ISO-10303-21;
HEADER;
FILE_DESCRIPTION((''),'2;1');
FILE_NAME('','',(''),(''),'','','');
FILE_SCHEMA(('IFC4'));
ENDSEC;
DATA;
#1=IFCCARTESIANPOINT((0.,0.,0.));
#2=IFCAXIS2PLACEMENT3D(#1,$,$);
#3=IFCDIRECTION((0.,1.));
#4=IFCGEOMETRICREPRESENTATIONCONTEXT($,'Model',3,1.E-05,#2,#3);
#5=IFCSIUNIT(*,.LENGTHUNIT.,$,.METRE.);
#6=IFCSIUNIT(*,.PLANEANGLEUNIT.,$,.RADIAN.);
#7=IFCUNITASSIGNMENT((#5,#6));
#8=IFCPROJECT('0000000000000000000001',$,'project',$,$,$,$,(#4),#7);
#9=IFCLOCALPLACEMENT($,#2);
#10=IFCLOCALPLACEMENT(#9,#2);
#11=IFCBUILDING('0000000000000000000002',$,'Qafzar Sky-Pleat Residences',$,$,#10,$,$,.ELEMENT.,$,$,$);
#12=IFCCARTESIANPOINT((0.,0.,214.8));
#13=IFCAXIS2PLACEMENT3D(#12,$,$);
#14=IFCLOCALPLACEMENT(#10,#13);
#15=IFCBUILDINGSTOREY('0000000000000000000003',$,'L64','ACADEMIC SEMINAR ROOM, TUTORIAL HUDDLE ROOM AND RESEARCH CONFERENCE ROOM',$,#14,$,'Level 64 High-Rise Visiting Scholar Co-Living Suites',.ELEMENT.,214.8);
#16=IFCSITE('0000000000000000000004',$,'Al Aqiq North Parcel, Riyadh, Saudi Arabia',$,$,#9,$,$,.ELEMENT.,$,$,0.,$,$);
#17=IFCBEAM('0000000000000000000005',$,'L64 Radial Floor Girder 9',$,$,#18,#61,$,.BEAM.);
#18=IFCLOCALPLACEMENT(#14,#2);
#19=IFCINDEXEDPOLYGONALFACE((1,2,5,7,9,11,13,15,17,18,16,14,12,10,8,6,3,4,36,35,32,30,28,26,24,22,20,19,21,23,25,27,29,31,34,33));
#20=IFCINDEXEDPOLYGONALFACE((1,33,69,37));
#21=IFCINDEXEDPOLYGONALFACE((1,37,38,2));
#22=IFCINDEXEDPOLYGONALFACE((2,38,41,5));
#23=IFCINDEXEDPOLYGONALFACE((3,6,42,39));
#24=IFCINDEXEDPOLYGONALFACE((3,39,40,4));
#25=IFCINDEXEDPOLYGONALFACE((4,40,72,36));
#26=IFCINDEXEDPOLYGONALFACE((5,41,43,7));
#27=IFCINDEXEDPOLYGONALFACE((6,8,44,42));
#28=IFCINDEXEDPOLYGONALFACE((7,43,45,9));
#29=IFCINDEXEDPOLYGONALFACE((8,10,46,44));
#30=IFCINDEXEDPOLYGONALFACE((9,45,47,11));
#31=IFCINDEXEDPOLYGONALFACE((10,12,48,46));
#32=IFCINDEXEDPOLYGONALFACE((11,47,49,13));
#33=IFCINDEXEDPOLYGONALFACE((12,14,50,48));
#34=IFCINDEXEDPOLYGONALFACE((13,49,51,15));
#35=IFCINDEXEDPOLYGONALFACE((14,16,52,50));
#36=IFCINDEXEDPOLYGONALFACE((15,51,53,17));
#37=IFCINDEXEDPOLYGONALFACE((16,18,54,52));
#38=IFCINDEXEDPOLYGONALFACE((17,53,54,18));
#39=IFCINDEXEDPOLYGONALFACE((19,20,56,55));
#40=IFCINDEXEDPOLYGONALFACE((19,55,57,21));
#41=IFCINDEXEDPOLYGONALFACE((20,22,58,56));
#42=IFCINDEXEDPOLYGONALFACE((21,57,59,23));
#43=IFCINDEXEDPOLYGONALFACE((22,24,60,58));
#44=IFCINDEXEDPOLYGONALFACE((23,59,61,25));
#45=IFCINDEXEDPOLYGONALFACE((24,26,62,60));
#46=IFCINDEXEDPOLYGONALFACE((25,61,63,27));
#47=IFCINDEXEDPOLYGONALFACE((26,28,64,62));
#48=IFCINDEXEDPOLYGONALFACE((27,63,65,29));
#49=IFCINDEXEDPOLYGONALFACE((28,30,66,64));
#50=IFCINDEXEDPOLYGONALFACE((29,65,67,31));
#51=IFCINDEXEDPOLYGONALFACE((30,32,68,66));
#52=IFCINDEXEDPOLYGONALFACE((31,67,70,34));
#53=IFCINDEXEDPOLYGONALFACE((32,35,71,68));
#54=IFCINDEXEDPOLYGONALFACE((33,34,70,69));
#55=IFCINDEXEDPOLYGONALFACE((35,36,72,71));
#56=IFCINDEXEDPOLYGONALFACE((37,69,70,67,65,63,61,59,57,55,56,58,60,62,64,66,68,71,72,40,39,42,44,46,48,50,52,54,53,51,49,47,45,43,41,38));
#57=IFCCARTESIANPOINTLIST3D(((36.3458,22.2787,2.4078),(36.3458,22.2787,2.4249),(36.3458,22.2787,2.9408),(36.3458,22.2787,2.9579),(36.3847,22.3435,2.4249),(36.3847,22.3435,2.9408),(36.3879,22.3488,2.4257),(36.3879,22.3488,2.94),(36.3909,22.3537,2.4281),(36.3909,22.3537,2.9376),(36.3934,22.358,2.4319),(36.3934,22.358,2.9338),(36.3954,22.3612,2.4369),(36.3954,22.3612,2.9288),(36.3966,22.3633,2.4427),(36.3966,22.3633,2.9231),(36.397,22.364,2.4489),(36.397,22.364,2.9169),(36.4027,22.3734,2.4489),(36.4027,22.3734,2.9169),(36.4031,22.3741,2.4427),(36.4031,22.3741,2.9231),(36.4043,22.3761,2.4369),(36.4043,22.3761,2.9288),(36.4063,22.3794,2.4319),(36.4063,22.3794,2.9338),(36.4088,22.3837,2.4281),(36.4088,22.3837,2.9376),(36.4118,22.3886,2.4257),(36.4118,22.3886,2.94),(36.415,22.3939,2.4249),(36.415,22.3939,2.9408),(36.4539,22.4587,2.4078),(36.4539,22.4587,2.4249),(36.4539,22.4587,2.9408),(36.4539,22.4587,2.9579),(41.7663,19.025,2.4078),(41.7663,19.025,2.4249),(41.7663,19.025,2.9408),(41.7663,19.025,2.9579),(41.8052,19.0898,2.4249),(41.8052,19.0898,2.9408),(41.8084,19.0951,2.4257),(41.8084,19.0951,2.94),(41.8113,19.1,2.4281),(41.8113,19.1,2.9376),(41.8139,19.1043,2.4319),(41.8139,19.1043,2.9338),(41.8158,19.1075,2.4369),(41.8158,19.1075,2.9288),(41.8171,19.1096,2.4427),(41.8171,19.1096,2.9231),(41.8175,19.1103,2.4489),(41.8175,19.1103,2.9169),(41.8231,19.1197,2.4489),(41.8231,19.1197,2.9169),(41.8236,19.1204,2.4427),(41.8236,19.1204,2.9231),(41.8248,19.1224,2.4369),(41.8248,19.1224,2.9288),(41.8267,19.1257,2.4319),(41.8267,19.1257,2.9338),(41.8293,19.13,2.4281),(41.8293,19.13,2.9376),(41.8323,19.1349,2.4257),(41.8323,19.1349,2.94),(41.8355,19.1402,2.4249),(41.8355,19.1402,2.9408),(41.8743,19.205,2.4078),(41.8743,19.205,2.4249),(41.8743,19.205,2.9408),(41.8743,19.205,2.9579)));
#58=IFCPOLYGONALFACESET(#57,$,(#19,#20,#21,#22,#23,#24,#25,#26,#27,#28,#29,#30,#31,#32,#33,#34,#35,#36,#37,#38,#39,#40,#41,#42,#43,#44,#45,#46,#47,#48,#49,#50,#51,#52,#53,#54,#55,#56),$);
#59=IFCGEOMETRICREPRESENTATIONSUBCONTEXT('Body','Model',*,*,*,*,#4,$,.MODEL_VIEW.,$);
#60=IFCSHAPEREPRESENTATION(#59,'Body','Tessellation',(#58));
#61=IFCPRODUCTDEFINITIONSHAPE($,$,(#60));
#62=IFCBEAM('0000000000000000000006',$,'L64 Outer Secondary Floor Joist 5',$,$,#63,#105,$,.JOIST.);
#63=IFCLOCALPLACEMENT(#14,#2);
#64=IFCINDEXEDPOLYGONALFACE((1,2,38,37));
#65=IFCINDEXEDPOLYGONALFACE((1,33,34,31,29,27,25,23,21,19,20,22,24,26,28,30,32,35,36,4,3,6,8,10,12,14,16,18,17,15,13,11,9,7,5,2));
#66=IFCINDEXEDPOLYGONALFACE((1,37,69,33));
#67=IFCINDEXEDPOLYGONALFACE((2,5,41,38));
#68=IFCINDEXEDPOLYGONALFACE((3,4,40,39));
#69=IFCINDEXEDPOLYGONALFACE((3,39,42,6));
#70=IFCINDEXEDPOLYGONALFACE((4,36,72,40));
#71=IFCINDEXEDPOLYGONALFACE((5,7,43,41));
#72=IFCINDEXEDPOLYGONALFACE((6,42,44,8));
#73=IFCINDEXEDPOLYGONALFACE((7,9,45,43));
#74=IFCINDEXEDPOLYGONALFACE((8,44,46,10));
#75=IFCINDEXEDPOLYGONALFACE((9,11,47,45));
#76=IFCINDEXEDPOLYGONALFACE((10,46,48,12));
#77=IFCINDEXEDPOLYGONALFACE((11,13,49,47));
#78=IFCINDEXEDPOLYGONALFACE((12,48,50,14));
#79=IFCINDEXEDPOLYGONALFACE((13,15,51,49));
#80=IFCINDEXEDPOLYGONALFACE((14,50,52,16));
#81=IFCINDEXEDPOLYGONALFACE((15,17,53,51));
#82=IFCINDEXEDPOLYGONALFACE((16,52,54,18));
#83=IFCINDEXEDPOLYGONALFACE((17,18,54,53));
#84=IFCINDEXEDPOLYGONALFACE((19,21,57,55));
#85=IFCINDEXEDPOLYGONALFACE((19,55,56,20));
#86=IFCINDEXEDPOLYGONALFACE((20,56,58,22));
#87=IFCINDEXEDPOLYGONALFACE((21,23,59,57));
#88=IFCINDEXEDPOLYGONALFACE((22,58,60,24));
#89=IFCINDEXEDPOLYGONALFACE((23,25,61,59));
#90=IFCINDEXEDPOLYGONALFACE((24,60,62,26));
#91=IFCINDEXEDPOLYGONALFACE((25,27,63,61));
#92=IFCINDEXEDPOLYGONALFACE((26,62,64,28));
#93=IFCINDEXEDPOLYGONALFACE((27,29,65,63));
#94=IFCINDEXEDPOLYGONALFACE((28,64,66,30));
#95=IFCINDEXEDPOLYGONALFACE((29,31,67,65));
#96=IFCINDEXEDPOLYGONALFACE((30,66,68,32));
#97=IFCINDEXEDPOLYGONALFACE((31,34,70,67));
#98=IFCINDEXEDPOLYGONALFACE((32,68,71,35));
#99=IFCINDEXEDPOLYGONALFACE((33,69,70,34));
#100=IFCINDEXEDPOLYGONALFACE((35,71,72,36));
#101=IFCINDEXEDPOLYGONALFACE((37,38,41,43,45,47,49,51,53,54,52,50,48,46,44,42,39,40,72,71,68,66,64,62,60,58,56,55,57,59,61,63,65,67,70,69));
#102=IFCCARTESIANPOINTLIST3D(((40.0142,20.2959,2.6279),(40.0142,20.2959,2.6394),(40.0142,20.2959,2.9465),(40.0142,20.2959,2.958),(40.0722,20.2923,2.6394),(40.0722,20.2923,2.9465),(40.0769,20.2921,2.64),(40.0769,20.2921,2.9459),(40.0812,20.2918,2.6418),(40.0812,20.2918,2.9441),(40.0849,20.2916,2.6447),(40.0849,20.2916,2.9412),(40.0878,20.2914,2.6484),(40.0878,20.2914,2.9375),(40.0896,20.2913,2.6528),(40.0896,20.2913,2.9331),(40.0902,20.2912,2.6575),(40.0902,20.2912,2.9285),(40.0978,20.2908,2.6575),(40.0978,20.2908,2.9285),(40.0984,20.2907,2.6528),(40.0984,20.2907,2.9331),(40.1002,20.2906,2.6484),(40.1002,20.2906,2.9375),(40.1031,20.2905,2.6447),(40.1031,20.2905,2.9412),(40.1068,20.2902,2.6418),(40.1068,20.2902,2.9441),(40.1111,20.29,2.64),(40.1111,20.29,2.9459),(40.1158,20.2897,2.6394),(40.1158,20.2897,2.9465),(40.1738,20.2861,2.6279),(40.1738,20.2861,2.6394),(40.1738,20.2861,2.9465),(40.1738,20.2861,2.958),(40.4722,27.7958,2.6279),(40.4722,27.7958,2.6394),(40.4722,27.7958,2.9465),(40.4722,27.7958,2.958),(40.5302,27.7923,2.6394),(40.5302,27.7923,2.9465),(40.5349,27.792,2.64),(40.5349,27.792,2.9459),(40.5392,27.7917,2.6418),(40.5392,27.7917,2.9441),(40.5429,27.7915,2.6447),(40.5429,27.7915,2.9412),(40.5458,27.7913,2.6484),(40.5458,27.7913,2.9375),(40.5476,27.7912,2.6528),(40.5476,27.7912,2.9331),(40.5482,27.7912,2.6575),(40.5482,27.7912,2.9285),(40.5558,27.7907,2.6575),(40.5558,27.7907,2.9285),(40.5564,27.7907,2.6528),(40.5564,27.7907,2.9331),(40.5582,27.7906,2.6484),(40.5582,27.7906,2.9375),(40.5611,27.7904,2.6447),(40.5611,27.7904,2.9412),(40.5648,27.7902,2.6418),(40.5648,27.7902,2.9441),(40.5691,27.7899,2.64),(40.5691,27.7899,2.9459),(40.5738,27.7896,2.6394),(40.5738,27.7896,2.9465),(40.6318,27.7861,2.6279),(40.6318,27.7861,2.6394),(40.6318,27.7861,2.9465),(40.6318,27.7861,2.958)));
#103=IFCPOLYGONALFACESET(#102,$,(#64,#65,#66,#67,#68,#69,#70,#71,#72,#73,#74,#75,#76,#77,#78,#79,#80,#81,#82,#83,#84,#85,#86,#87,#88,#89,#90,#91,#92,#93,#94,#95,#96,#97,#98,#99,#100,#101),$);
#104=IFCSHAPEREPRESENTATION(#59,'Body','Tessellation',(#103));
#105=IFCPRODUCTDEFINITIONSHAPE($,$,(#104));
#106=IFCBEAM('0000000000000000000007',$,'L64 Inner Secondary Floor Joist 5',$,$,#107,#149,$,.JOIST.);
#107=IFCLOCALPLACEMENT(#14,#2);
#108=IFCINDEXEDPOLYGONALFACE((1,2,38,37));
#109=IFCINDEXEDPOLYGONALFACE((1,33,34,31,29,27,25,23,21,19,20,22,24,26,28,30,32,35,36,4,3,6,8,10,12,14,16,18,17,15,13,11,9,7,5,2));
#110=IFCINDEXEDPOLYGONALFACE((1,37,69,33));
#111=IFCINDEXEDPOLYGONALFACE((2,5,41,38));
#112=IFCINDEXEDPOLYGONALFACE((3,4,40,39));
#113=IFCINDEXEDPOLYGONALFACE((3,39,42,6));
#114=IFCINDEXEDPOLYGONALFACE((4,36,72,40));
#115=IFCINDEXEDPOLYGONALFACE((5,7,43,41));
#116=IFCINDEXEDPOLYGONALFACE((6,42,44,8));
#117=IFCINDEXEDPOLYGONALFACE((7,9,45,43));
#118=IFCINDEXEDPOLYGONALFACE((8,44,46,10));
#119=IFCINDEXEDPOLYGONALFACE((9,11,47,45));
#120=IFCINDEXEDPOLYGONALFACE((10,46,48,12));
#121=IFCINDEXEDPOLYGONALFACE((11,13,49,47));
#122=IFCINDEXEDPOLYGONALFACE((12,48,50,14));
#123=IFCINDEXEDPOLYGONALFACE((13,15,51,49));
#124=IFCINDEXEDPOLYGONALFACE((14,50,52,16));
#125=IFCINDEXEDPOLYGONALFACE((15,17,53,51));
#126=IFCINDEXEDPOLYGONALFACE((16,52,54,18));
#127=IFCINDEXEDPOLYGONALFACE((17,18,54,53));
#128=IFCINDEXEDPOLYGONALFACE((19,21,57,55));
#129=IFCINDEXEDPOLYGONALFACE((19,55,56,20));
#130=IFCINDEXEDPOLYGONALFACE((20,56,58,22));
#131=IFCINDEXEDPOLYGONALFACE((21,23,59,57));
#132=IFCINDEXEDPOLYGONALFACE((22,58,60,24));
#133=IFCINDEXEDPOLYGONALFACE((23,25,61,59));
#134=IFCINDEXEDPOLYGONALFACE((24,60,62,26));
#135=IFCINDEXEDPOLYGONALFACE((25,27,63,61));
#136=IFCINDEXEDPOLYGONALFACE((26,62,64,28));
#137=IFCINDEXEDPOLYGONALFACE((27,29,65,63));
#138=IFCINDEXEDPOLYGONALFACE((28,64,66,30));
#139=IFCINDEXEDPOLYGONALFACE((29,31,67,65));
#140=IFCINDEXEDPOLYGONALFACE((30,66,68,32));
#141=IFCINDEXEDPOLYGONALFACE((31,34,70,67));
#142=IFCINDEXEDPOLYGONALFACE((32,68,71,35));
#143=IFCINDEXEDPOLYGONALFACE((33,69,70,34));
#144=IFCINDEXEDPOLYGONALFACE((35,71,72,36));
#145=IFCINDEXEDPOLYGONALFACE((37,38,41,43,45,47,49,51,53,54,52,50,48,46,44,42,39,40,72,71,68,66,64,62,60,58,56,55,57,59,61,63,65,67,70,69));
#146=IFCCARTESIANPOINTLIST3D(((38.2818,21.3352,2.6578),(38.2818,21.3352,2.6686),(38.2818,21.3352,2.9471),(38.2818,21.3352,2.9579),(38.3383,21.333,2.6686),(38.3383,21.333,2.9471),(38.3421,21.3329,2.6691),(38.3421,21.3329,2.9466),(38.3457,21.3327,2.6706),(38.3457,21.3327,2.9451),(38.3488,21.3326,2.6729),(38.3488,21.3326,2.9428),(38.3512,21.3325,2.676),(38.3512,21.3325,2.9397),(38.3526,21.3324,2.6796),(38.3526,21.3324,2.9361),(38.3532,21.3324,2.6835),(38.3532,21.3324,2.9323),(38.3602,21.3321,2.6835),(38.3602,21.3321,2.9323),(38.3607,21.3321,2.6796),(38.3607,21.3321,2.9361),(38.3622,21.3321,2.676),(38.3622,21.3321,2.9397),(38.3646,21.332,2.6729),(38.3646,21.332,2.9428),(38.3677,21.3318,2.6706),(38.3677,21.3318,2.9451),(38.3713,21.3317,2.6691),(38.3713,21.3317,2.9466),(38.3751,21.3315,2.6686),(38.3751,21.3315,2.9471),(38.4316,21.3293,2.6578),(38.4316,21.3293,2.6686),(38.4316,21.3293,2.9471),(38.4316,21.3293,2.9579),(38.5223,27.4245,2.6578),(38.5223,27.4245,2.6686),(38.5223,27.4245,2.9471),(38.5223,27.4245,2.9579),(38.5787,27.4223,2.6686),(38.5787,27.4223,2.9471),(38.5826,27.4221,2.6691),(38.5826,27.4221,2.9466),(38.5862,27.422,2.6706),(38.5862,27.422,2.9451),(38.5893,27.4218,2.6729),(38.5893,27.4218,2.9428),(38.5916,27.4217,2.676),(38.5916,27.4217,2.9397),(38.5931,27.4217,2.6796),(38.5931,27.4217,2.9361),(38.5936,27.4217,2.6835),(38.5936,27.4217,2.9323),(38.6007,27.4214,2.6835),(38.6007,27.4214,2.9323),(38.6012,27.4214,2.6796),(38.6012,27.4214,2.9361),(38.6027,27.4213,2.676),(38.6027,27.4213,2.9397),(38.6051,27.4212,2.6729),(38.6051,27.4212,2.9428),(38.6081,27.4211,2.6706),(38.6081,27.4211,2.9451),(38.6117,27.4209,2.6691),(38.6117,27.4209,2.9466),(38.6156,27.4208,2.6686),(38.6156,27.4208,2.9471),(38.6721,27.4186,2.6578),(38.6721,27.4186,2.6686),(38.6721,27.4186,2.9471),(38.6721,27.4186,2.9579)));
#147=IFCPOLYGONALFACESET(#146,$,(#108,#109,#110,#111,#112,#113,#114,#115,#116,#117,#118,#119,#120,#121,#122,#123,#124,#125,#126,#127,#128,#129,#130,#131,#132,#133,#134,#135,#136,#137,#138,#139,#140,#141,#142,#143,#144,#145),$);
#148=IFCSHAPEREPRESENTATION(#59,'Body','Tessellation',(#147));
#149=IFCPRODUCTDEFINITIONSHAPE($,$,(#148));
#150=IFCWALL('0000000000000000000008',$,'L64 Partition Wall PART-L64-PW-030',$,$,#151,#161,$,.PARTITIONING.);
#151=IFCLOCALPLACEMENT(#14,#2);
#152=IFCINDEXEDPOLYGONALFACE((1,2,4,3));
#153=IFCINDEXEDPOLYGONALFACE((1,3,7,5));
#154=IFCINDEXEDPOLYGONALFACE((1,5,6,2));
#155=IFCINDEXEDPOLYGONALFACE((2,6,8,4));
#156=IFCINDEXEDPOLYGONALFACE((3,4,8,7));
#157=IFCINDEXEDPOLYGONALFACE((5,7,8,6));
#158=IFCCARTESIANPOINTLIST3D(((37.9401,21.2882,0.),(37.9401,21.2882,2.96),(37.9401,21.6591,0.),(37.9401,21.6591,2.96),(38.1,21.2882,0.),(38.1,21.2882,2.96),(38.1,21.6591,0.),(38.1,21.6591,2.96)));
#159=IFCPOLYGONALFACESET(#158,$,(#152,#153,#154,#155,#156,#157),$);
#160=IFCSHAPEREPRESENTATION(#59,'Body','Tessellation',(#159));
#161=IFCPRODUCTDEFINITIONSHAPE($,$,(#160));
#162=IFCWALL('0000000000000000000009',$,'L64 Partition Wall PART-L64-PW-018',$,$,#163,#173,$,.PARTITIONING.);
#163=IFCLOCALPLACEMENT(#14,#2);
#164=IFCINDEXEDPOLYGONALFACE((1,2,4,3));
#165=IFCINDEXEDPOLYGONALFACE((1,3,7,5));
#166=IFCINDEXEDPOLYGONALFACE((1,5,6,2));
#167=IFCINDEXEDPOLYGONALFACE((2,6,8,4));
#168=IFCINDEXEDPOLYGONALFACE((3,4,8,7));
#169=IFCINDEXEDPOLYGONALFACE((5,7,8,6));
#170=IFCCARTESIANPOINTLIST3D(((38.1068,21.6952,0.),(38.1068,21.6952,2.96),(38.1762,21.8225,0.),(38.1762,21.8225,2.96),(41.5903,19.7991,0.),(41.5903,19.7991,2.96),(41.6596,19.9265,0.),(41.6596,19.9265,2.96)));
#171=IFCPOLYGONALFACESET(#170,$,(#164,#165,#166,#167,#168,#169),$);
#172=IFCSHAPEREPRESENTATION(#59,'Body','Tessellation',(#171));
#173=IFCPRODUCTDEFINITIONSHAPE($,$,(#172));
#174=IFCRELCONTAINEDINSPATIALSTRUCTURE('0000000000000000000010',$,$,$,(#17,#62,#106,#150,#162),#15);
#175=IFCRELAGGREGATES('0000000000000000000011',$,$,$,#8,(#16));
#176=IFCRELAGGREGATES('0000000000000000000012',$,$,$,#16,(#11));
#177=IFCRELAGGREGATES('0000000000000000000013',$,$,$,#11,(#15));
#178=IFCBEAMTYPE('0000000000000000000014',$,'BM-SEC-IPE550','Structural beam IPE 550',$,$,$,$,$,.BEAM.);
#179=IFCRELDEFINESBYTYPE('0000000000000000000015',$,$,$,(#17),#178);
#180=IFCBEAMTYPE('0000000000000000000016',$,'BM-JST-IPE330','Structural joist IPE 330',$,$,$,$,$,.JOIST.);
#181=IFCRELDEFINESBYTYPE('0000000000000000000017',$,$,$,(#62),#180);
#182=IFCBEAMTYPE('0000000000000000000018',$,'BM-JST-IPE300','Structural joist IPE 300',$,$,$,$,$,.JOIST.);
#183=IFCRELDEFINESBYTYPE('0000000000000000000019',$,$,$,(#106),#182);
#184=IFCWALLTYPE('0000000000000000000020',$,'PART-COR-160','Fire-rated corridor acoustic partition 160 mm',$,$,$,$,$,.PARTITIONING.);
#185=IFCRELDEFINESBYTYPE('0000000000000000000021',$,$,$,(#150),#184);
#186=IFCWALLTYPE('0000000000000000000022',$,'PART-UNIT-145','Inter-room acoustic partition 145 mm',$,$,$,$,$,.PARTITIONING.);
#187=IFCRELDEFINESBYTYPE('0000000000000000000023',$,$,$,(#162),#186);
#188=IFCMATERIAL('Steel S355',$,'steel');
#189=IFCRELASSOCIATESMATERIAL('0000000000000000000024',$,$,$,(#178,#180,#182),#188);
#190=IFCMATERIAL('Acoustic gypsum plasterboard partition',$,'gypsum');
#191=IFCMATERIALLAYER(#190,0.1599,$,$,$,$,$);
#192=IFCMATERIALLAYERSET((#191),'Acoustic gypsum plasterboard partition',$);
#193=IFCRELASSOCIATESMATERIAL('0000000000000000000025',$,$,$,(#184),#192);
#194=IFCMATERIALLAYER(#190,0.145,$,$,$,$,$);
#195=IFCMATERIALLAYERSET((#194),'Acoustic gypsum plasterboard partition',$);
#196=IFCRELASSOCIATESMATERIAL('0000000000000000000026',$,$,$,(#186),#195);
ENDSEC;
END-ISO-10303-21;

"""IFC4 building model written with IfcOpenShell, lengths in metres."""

from ifc_helpers import new_model, si_unit, direction, frame, frame_2d, origin, origin_2d, place, context, subcontext, project, spatial, rectangle, i_section, extrude, source, transform, mapped, material, layer, layer_set, material_profile, profile_set, type_object, element, save


model = new_model("IFC4")

# Units and contexts
model_context = context("Model", 3, precision=1e-05, world=origin(), true_north=direction((0.0, 1.0)))
body_context = subcontext(model_context, "Body", "Model", "MODEL_VIEW")
ifc_project = project(units=[si_unit("LENGTHUNIT", "METRE"), si_unit("PLANEANGLEUNIT", "RADIAN")], contexts=[model_context])

# Site, building, storey
site_placement = place(None, origin())
site = spatial("IfcSite", under=ifc_project, at=site_placement, Name="Al Aqiq North Parcel, Riyadh, Saudi Arabia", CompositionType="ELEMENT", RefElevation=0.0)
building_placement = place(site_placement, origin())
building = spatial("IfcBuilding", under=site, at=building_placement, Name="Qafzar Sky-Pleat Residences", CompositionType="ELEMENT")
storey_placement = place(building_placement, frame((0.0, 0.0, 214.8)))
storey = spatial("IfcBuildingStorey", under=building, at=storey_placement, Name="L64", Description="ACADEMIC SEMINAR ROOM, TUTORIAL HUDDLE ROOM AND RESEARCH CONFERENCE ROOM", LongName="Level 64 High-Rise Visiting Scholar Co-Living Suites", CompositionType="ELEMENT", Elevation=214.8)

# Shared definitions
ifc_material_1 = material(Name="Steel S355", Category="steel")

# Beams
ifc_material_profile_1 = material_profile(ifc_material_1, i_section(OverallWidth=0.21, OverallDepth=0.55, WebThickness=0.011, FlangeThickness=0.0171, FilletRadius=0.0239, at=origin_2d()), Name="IPE 550")
ifc_profile_set_1 = profile_set([ifc_material_profile_1], Name="Steel S355")
beam_type_1 = type_object("IfcBeamType", Name="BM-SEC-IPE550", Description="Structural beam IPE 550", PredefinedType="BEAM", material=ifc_profile_set_1)
shared_shape_1 = source(origin(), body_context, "Body", "SweptSolid", [
    extrude(i_section(OverallWidth=0.21, OverallDepth=0.55, WebThickness=0.011, FlangeThickness=0.0171, FilletRadius=0.0239, at=origin_2d()), origin(), (0.0, 0.0, 1.0), 6.322),
])
beam_1_placement = place(storey_placement, frame((41.8203, 19.115, 2.6829), z_axis=(-0.857394, 0.51466, 0.0), x_axis=(-0.51466, -0.857394, 0.0)))
element("IfcBeam", 1, at=beam_1_placement, inside=storey, type_object=beam_type_1, Name="L64 Radial Floor Girder 9", PredefinedType="BEAM", context=body_context, shape_type="MappedRepresentation", body=[
    mapped(shared_shape_1, transform((0.0, 0.0, 0.0), x_axis=(1.0, 0.0, 0.0), y_axis=(0.0, 1.0, 0.0), z_axis=(0.0, 0.0, 1.0), scale=1.0)),
])
ifc_material_profile_2 = material_profile(ifc_material_1, i_section(OverallWidth=0.1599, OverallDepth=0.3301, WebThickness=0.0076, FlangeThickness=0.0115, FilletRadius=0.0181, at=origin_2d()), Name="IPE 330")
ifc_profile_set_2 = profile_set([ifc_material_profile_2], Name="Steel S355")
beam_type_2 = type_object("IfcBeamType", Name="BM-JST-IPE330", Description="Structural joist IPE 330", PredefinedType="JOIST", material=ifc_profile_set_2)
shared_shape_2 = source(origin(), body_context, "Body", "SweptSolid", [
    extrude(i_section(OverallWidth=0.1599, OverallDepth=0.3301, WebThickness=0.0076, FlangeThickness=0.0115, FilletRadius=0.0181, at=origin_2d()), origin(), (0.0, 0.0, 1.0), 7.5139),
])
beam_2_placement = place(storey_placement, frame((40.094, 20.291, 2.793), z_axis=(0.060954, 0.998141, 0.0), x_axis=(-0.998141, 0.060954, 0.0)))
element("IfcBeam", 2, at=beam_2_placement, inside=storey, type_object=beam_type_2, Name="L64 Outer Secondary Floor Joist 5", PredefinedType="JOIST", context=body_context, shape_type="MappedRepresentation", body=[
    mapped(shared_shape_2, transform((0.0, 0.0, 0.0), x_axis=(1.0, 0.0, 0.0), y_axis=(0.0, 1.0, 0.0), z_axis=(0.0, 0.0, 1.0), scale=1.0)),
])
ifc_material_profile_3 = material_profile(ifc_material_1, i_section(OverallWidth=0.1499, OverallDepth=0.3, WebThickness=0.0071, FlangeThickness=0.0107, FilletRadius=0.0149, at=origin_2d()), Name="IPE 300")
ifc_profile_set_3 = profile_set([ifc_material_profile_3], Name="Steel S355")
beam_type_3 = type_object("IfcBeamType", Name="BM-JST-IPE300", Description="Structural joist IPE 300", PredefinedType="JOIST", material=ifc_profile_set_3)
shared_shape_3 = source(origin(), body_context, "Body", "SweptSolid", [
    extrude(i_section(OverallWidth=0.1499, OverallDepth=0.3, WebThickness=0.0071, FlangeThickness=0.0107, FilletRadius=0.0149, at=origin_2d()), origin(), (0.0, 0.0, 1.0), 6.094),
])
beam_3_placement = place(storey_placement, frame((38.3567, 21.3323, 2.8079), z_axis=(0.039461, 0.999221, 0.0), x_axis=(-0.999221, 0.039461, 0.0)))
element("IfcBeam", 3, at=beam_3_placement, inside=storey, type_object=beam_type_3, Name="L64 Inner Secondary Floor Joist 5", PredefinedType="JOIST", context=body_context, shape_type="MappedRepresentation", body=[
    mapped(shared_shape_3, transform((0.0, 0.0, 0.0), x_axis=(1.0, 0.0, 0.0), y_axis=(0.0, 1.0, 0.0), z_axis=(0.0, 0.0, 1.0), scale=1.0)),
])

# Walls
ifc_material_2 = material(Name="Acoustic gypsum plasterboard partition", Category="gypsum")
ifc_layer_1 = layer(ifc_material_2, 0.1599)
ifc_layer_set_1 = layer_set([ifc_layer_1], Name="Acoustic gypsum plasterboard partition")
wall_type_1 = type_object("IfcWallType", Name="PART-COR-160", Description="Fire-rated corridor acoustic partition 160 mm", PredefinedType="PARTITIONING", material=ifc_layer_set_1)
wall_1_placement = place(storey_placement, frame((38.02, 21.2881, 0.0), z_axis=(0.0, 0.0, 1.0), x_axis=(0.0, 1.0, 0.0)))
element("IfcWall", 4, at=wall_1_placement, inside=storey, type_object=wall_type_1, Name="L64 Partition Wall PART-L64-PW-030", PredefinedType="PARTITIONING", context=body_context, shape_type="SweptSolid", body=[
    extrude(rectangle(XDim=0.3708, YDim=0.1599, at=frame_2d((0.1855, 0.0))), origin(), (0.0, 0.0, 1.0), 2.96),
])
ifc_layer_2 = layer(ifc_material_2, 0.145)
ifc_layer_set_2 = layer_set([ifc_layer_2], Name="Acoustic gypsum plasterboard partition")
wall_type_2 = type_object("IfcWallType", Name="PART-UNIT-145", Description="Inter-room acoustic partition 145 mm", PredefinedType="PARTITIONING", material=ifc_layer_set_2)
wall_2_placement = place(storey_placement, frame((38.1416, 21.7588, 0.0), z_axis=(0.0, 0.0, 1.0), x_axis=(0.878323, -0.478067, 0.0)))
element("IfcWall", 5, at=wall_2_placement, inside=storey, type_object=wall_type_2, Name="L64 Partition Wall PART-L64-PW-018", PredefinedType="PARTITIONING", context=body_context, shape_type="SweptSolid", body=[
    extrude(rectangle(XDim=3.9661, YDim=0.145, at=frame_2d((1.9829, 0.0))), origin(), (0.0, 0.0, 1.0), 2.96),
])

save(model, "model.ifc")
